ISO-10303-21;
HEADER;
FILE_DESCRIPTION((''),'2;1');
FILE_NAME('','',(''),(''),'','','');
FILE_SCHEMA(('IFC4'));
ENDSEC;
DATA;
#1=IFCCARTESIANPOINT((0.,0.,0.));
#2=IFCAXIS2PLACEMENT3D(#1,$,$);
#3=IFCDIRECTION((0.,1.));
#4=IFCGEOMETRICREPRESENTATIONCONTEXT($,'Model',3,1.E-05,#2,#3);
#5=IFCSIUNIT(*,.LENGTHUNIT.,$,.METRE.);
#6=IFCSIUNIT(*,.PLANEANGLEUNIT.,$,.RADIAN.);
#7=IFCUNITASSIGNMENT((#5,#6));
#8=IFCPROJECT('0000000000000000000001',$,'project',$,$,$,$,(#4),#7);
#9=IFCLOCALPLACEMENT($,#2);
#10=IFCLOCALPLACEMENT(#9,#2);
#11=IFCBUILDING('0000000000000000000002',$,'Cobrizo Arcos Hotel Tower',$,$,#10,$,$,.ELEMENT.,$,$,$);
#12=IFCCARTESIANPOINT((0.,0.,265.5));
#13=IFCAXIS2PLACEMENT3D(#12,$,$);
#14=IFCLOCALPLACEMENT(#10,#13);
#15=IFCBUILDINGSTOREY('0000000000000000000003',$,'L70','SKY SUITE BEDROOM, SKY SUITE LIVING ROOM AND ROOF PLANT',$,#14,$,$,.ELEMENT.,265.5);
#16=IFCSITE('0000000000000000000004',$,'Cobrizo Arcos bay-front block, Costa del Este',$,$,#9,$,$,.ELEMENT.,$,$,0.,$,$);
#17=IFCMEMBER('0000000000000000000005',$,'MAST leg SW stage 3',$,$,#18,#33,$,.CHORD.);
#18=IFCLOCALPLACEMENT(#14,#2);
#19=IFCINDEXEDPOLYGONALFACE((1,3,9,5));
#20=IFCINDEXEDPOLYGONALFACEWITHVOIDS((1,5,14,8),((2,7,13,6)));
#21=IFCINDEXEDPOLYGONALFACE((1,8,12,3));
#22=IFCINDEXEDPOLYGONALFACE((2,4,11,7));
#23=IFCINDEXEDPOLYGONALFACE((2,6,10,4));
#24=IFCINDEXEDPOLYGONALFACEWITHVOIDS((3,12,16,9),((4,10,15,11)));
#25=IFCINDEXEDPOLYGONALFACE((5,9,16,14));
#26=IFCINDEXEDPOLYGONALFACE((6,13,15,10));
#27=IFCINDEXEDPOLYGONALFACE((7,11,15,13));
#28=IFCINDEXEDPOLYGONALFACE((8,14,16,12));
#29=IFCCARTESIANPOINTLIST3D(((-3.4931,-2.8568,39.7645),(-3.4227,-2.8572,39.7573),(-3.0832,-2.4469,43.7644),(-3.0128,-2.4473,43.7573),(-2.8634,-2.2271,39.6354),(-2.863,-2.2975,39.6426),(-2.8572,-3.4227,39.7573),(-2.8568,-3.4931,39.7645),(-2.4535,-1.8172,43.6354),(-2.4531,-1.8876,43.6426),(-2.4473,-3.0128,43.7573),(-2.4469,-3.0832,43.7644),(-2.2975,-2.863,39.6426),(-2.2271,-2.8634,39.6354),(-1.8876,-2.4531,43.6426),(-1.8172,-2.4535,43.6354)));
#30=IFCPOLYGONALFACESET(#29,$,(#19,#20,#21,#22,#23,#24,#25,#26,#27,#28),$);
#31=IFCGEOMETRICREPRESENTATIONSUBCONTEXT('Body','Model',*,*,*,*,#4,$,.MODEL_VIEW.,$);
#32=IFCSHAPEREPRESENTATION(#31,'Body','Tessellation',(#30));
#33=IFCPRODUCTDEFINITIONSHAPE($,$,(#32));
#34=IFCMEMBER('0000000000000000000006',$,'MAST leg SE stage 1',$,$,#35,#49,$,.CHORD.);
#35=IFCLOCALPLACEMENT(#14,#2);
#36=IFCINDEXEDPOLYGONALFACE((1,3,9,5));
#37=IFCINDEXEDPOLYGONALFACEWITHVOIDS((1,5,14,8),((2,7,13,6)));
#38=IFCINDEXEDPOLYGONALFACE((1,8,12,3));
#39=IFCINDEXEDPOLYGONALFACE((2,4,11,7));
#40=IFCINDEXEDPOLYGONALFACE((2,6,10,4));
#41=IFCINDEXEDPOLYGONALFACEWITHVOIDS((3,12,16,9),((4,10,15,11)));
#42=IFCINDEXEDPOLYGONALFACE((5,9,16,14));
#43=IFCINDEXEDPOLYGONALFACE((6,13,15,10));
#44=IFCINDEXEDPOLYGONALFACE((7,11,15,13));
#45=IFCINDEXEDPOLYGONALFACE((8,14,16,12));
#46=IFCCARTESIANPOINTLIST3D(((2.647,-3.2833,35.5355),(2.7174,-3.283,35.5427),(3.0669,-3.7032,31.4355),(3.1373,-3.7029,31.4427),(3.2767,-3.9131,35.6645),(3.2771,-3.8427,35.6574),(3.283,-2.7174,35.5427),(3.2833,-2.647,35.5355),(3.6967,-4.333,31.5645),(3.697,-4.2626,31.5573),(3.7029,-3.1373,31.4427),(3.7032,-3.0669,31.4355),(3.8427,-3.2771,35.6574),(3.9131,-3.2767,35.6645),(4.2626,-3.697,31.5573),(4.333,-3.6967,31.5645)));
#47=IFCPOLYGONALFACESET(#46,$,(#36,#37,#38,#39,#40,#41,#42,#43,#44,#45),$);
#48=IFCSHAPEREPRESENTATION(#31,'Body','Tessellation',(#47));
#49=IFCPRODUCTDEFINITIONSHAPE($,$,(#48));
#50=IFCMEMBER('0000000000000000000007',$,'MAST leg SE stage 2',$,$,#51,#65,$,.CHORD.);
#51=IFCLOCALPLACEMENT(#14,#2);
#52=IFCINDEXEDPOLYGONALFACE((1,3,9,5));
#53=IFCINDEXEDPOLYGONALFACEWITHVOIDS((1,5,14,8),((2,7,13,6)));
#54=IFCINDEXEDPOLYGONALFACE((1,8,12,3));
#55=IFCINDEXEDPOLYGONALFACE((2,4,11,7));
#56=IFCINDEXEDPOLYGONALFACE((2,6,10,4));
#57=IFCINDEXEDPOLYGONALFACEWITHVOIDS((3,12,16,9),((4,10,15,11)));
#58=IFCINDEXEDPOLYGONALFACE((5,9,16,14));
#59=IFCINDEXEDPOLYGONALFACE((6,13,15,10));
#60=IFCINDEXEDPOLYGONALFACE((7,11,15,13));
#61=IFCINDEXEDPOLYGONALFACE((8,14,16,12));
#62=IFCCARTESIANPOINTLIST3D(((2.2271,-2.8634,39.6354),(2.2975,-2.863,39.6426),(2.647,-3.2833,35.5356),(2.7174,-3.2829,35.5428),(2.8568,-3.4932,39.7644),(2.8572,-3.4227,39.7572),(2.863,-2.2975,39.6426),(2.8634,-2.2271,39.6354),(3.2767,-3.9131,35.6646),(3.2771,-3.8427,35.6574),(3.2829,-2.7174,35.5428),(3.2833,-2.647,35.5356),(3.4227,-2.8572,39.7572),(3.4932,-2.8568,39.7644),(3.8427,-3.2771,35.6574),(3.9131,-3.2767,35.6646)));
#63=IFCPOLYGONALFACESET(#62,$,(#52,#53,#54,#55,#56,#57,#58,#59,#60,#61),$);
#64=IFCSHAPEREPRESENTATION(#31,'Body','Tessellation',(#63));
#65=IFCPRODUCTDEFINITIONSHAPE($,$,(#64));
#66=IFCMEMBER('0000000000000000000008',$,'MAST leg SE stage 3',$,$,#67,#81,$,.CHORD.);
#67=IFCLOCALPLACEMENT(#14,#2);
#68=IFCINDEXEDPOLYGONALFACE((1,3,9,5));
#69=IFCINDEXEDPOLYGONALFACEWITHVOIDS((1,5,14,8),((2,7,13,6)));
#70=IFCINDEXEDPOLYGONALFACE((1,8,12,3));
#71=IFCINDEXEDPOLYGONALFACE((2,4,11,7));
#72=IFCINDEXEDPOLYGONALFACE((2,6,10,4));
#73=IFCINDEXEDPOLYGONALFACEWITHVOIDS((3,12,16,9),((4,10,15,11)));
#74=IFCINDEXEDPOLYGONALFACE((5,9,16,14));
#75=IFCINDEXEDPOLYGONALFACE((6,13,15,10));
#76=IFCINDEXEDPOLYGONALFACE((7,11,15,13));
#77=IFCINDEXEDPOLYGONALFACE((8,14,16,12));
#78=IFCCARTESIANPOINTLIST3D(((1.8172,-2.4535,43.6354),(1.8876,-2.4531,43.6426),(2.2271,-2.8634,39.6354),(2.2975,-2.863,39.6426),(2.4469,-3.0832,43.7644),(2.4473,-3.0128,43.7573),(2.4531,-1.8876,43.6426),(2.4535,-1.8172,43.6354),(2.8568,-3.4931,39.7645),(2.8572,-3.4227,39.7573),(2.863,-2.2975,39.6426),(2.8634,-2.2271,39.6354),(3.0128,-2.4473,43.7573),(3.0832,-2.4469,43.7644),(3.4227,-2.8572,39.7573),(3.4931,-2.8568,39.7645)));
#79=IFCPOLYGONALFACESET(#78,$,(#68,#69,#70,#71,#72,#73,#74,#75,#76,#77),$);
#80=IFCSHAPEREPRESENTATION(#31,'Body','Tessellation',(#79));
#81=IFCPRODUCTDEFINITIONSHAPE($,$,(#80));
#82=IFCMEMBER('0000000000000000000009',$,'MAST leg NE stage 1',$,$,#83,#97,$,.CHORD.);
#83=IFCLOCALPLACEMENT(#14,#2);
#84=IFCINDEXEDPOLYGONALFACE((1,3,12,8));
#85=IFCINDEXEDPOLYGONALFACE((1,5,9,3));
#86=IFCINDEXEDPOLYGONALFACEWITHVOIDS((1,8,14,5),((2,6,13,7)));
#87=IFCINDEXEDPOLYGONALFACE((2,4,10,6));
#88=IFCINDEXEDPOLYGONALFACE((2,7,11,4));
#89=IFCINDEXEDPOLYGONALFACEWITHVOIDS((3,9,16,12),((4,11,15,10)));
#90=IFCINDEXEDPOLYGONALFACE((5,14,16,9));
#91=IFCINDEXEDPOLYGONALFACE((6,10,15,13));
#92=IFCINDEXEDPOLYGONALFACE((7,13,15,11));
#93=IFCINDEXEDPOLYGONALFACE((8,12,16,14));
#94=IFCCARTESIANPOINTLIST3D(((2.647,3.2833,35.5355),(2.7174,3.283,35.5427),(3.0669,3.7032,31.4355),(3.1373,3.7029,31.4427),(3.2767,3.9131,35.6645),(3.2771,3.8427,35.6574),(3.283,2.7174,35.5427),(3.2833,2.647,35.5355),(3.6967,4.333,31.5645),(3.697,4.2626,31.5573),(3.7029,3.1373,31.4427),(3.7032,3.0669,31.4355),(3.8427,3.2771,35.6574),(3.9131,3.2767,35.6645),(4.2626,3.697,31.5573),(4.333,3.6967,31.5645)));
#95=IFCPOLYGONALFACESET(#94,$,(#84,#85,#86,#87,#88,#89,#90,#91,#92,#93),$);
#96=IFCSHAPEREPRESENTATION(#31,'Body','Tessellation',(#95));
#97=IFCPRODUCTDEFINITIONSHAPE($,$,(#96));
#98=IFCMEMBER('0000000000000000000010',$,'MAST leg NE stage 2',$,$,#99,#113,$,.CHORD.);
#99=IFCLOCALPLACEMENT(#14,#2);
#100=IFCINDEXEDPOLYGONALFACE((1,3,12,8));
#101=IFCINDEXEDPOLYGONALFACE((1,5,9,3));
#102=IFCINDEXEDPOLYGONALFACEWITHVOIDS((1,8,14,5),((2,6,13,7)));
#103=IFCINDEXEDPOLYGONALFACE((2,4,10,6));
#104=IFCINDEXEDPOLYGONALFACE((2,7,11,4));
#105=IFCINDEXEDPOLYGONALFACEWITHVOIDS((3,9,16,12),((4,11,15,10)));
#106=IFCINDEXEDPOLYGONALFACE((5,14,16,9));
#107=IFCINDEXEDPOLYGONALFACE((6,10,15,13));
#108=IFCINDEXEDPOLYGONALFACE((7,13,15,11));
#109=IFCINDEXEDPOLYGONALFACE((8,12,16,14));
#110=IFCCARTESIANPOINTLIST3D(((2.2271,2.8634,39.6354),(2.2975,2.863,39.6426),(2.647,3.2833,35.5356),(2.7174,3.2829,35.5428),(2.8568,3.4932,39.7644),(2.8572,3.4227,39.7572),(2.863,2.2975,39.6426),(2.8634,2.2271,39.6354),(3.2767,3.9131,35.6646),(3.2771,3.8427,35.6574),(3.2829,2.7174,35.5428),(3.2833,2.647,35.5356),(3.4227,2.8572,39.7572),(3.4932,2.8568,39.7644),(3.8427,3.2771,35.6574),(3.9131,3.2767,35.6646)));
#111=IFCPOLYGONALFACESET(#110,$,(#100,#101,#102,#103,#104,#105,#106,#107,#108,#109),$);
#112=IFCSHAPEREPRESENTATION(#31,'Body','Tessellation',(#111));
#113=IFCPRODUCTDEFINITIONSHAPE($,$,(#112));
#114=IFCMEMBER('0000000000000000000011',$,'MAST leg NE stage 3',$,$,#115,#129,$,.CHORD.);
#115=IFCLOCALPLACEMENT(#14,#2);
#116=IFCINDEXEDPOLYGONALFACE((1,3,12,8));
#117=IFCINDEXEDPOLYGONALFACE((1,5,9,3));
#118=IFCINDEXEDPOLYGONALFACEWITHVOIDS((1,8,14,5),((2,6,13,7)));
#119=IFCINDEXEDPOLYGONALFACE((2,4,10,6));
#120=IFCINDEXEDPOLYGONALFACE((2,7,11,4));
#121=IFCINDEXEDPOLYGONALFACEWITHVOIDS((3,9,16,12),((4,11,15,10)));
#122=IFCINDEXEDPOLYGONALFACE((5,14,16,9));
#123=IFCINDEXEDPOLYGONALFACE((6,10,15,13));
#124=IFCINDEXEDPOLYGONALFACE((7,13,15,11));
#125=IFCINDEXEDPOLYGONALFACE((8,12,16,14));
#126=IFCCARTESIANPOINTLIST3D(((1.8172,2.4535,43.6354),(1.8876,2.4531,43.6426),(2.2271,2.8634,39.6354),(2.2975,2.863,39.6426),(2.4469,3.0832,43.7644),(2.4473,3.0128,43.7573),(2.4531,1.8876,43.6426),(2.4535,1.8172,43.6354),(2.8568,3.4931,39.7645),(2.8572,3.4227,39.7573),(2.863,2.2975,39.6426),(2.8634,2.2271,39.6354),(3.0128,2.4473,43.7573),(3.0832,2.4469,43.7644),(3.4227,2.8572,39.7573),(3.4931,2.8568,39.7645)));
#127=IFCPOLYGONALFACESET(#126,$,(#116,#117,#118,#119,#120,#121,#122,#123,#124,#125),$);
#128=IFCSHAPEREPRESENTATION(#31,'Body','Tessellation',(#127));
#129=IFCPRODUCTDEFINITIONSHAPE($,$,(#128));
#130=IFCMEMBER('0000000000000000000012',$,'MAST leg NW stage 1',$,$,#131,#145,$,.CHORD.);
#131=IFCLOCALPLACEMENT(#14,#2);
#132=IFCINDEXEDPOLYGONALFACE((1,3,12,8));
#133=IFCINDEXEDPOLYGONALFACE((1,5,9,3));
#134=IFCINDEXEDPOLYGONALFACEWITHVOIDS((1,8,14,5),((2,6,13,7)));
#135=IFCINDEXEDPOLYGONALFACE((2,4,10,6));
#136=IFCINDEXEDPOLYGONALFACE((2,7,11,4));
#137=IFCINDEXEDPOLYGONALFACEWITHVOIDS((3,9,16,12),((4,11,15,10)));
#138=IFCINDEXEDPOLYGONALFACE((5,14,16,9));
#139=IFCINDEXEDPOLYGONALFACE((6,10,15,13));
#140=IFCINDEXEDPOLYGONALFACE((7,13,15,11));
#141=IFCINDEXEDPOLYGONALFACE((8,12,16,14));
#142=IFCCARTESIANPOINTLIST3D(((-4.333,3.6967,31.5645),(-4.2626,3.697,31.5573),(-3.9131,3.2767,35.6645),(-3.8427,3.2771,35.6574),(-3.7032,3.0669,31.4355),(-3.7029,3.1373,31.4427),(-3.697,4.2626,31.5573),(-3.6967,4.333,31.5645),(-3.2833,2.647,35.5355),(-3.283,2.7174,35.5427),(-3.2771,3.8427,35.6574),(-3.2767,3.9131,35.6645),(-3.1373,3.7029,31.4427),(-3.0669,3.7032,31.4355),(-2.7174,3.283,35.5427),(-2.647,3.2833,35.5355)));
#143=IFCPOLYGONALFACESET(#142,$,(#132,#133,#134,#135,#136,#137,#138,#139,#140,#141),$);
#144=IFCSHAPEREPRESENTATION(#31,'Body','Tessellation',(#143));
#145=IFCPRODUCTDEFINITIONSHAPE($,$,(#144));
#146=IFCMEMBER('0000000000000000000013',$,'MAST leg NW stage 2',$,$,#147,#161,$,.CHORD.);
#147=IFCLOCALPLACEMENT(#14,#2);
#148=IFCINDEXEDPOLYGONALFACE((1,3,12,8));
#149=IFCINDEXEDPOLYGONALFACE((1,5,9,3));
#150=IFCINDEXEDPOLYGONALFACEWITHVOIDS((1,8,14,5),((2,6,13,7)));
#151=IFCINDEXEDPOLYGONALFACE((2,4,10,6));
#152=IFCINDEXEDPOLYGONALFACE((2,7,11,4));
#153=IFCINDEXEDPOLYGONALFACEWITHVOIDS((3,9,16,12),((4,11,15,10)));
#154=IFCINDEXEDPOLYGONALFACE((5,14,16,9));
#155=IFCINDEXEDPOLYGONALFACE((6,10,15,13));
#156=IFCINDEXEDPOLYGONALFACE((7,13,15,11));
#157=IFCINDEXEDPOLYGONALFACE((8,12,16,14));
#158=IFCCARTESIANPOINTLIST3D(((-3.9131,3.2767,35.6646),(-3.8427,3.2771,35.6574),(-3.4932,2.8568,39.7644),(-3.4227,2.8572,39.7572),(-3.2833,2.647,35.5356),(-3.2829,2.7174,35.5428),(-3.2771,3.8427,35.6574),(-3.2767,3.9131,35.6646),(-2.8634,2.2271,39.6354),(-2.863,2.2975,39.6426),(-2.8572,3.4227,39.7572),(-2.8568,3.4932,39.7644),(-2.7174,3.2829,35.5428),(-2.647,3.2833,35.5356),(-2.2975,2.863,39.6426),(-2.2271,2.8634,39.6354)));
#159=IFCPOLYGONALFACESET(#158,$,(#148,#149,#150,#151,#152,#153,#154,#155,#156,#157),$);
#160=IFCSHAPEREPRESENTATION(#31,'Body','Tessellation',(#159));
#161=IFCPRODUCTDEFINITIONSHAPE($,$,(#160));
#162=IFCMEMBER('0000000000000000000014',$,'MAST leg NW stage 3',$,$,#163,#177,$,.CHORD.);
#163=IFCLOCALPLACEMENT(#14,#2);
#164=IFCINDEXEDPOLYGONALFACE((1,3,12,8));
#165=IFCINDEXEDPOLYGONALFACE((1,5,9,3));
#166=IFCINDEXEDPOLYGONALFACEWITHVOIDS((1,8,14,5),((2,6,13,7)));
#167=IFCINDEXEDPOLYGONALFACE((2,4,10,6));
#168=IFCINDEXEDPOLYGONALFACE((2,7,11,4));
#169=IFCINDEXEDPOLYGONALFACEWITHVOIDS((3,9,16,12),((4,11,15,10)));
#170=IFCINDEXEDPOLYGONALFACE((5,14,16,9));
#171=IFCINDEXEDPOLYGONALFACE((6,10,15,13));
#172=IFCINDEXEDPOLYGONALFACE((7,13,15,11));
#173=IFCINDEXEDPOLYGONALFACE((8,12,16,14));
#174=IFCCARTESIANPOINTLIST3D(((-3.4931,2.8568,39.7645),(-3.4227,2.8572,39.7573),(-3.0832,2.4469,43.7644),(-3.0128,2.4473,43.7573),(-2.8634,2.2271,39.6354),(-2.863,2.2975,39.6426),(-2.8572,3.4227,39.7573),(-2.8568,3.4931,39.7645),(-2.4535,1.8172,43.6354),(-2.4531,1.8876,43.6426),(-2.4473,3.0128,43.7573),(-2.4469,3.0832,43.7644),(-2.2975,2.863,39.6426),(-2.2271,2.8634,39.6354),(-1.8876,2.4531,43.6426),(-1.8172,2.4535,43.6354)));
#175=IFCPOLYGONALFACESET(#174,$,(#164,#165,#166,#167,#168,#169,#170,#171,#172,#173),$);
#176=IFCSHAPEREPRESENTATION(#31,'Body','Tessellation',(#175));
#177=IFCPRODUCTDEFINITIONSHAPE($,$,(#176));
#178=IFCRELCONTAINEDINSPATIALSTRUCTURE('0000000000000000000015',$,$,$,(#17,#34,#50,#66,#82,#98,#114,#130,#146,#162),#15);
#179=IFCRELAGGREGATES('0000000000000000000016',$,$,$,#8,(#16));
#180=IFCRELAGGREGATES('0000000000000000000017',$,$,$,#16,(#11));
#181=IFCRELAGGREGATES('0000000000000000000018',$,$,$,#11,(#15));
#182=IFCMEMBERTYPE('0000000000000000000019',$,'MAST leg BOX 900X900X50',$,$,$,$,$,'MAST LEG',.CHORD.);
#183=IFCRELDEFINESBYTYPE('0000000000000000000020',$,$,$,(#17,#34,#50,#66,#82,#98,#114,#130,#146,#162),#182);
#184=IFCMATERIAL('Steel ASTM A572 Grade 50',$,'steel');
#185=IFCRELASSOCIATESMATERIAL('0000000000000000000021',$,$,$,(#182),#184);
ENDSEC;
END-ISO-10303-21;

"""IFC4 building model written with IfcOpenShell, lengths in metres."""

from ifc_helpers import new_model, si_unit, direction, frame, origin, origin_2d, place, context, subcontext, project, spatial, hollow_rectangle, extrude, material, material_profile, profile_set, type_object, element, save


model = new_model("IFC4")

# Units and contexts
model_context = context("Model", 3, precision=1e-05, world=origin(), true_north=direction((0.0, 1.0)))
body_context = subcontext(model_context, "Body", "Model", "MODEL_VIEW")
ifc_project = project(units=[si_unit("LENGTHUNIT", "METRE"), si_unit("PLANEANGLEUNIT", "RADIAN")], contexts=[model_context])

# Site, building, storey
site_placement = place(None, origin())
site = spatial("IfcSite", under=ifc_project, at=site_placement, Name="Cobrizo Arcos bay-front block, Costa del Este", CompositionType="ELEMENT", RefElevation=0.0)
building_placement = place(site_placement, origin())
building = spatial("IfcBuilding", under=site, at=building_placement, Name="Cobrizo Arcos Hotel Tower", CompositionType="ELEMENT")
storey_placement = place(building_placement, frame((0.0, 0.0, 265.5)))
storey = spatial("IfcBuildingStorey", under=building, at=storey_placement, Name="L70", Description="SKY SUITE BEDROOM, SKY SUITE LIVING ROOM AND ROOF PLANT", CompositionType="ELEMENT", Elevation=265.5)

# Shared definitions
ifc_material_1 = material(Name="Steel ASTM A572 Grade 50", Category="steel")

# Members
ifc_material_profile_1 = material_profile(ifc_material_1, hollow_rectangle(XDim=0.8999, YDim=0.8999, WallThickness=0.05, at=origin_2d()), Name="BOX 900X900X50")
ifc_profile_set_1 = profile_set([ifc_material_profile_1], Name="Steel ASTM A572 Grade 50")
member_type_1 = type_object("IfcMemberType", Name="MAST leg BOX 900X900X50", ElementType="MAST LEG", PredefinedType="CHORD", material=ifc_profile_set_1)
member_1_placement = place(storey_placement, frame((-2.8601, -2.8601, 39.7), z_axis=(0.101418, 0.101418, 0.989661), x_axis=(-0.707107, 0.707107, 0.0)))
element("IfcMember", 1, at=member_1_placement, inside=storey, type_object=member_type_1, Name="MAST leg SW stage 3", PredefinedType="CHORD", context=body_context, shape_type="SweptSolid", body=[
    extrude(hollow_rectangle(XDim=0.8999, YDim=0.8999, WallThickness=0.05, at=origin_2d()), origin(), (0.0, 0.0, 1.0), 4.0417),
])
member_2_placement = place(storey_placement, frame((3.7, -3.7, 31.5), z_axis=(-0.10136, 0.10136, 0.989673), x_axis=(-0.707107, -0.707107, 0.0)))
element("IfcMember", 2, at=member_2_placement, inside=storey, type_object=member_type_1, Name="MAST leg SE stage 1", PredefinedType="CHORD", context=body_context, shape_type="SweptSolid", body=[
    extrude(hollow_rectangle(XDim=0.8999, YDim=0.8999, WallThickness=0.05, at=origin_2d()), origin(), (0.0, 0.0, 1.0), 4.1428),
])
member_3_placement = place(storey_placement, frame((3.28, -3.28, 35.6001), z_axis=(-0.101366, 0.101366, 0.989672), x_axis=(-0.707107, -0.707107, 0.0)))
element("IfcMember", 3, at=member_3_placement, inside=storey, type_object=member_type_1, Name="MAST leg SE stage 2", PredefinedType="CHORD", context=body_context, shape_type="SweptSolid", body=[
    extrude(hollow_rectangle(XDim=0.8999, YDim=0.8999, WallThickness=0.05, at=origin_2d()), origin(), (0.0, 0.0, 1.0), 4.1426),
])
member_4_placement = place(storey_placement, frame((2.8601, -2.8601, 39.7), z_axis=(-0.101418, 0.101418, 0.989661), x_axis=(-0.707107, -0.707107, 0.0)))
element("IfcMember", 4, at=member_4_placement, inside=storey, type_object=member_type_1, Name="MAST leg SE stage 3", PredefinedType="CHORD", context=body_context, shape_type="SweptSolid", body=[
    extrude(hollow_rectangle(XDim=0.8999, YDim=0.8999, WallThickness=0.05, at=origin_2d()), origin(), (0.0, 0.0, 1.0), 4.0417),
])
member_5_placement = place(storey_placement, frame((3.7, 3.7, 31.5), z_axis=(-0.10136, -0.10136, 0.989673), x_axis=(0.707107, -0.707107, 0.0)))
element("IfcMember", 5, at=member_5_placement, inside=storey, type_object=member_type_1, Name="MAST leg NE stage 1", PredefinedType="CHORD", context=body_context, shape_type="SweptSolid", body=[
    extrude(hollow_rectangle(XDim=0.8999, YDim=0.8999, WallThickness=0.05, at=origin_2d()), origin(), (0.0, 0.0, 1.0), 4.1428),
])
member_6_placement = place(storey_placement, frame((3.28, 3.28, 35.6001), z_axis=(-0.101366, -0.101366, 0.989672), x_axis=(0.707107, -0.707107, 0.0)))
element("IfcMember", 6, at=member_6_placement, inside=storey, type_object=member_type_1, Name="MAST leg NE stage 2", PredefinedType="CHORD", context=body_context, shape_type="SweptSolid", body=[
    extrude(hollow_rectangle(XDim=0.8999, YDim=0.8999, WallThickness=0.05, at=origin_2d()), origin(), (0.0, 0.0, 1.0), 4.1426),
])
member_7_placement = place(storey_placement, frame((2.8601, 2.8601, 39.7), z_axis=(-0.101418, -0.101418, 0.989661), x_axis=(0.707107, -0.707107, 0.0)))
element("IfcMember", 7, at=member_7_placement, inside=storey, type_object=member_type_1, Name="MAST leg NE stage 3", PredefinedType="CHORD", context=body_context, shape_type="SweptSolid", body=[
    extrude(hollow_rectangle(XDim=0.8999, YDim=0.8999, WallThickness=0.05, at=origin_2d()), origin(), (0.0, 0.0, 1.0), 4.0417),
])
member_8_placement = place(storey_placement, frame((-3.7, 3.7, 31.5), z_axis=(0.10136, -0.10136, 0.989673), x_axis=(0.707107, 0.707107, 0.0)))
element("IfcMember", 8, at=member_8_placement, inside=storey, type_object=member_type_1, Name="MAST leg NW stage 1", PredefinedType="CHORD", context=body_context, shape_type="SweptSolid", body=[
    extrude(hollow_rectangle(XDim=0.8999, YDim=0.8999, WallThickness=0.05, at=origin_2d()), origin(), (0.0, 0.0, 1.0), 4.1428),
])
member_9_placement = place(storey_placement, frame((-3.28, 3.28, 35.6001), z_axis=(0.101366, -0.101366, 0.989672), x_axis=(0.707107, 0.707107, 0.0)))
element("IfcMember", 9, at=member_9_placement, inside=storey, type_object=member_type_1, Name="MAST leg NW stage 2", PredefinedType="CHORD", context=body_context, shape_type="SweptSolid", body=[
    extrude(hollow_rectangle(XDim=0.8999, YDim=0.8999, WallThickness=0.05, at=origin_2d()), origin(), (0.0, 0.0, 1.0), 4.1426),
])
member_10_placement = place(storey_placement, frame((-2.8601, 2.8601, 39.7), z_axis=(0.101418, -0.101418, 0.989661), x_axis=(0.707107, 0.707107, 0.0)))
element("IfcMember", 10, at=member_10_placement, inside=storey, type_object=member_type_1, Name="MAST leg NW stage 3", PredefinedType="CHORD", context=body_context, shape_type="SweptSolid", body=[
    extrude(hollow_rectangle(XDim=0.8999, YDim=0.8999, WallThickness=0.05, at=origin_2d()), origin(), (0.0, 0.0, 1.0), 4.0417),
])

save(model, "model.ifc")
